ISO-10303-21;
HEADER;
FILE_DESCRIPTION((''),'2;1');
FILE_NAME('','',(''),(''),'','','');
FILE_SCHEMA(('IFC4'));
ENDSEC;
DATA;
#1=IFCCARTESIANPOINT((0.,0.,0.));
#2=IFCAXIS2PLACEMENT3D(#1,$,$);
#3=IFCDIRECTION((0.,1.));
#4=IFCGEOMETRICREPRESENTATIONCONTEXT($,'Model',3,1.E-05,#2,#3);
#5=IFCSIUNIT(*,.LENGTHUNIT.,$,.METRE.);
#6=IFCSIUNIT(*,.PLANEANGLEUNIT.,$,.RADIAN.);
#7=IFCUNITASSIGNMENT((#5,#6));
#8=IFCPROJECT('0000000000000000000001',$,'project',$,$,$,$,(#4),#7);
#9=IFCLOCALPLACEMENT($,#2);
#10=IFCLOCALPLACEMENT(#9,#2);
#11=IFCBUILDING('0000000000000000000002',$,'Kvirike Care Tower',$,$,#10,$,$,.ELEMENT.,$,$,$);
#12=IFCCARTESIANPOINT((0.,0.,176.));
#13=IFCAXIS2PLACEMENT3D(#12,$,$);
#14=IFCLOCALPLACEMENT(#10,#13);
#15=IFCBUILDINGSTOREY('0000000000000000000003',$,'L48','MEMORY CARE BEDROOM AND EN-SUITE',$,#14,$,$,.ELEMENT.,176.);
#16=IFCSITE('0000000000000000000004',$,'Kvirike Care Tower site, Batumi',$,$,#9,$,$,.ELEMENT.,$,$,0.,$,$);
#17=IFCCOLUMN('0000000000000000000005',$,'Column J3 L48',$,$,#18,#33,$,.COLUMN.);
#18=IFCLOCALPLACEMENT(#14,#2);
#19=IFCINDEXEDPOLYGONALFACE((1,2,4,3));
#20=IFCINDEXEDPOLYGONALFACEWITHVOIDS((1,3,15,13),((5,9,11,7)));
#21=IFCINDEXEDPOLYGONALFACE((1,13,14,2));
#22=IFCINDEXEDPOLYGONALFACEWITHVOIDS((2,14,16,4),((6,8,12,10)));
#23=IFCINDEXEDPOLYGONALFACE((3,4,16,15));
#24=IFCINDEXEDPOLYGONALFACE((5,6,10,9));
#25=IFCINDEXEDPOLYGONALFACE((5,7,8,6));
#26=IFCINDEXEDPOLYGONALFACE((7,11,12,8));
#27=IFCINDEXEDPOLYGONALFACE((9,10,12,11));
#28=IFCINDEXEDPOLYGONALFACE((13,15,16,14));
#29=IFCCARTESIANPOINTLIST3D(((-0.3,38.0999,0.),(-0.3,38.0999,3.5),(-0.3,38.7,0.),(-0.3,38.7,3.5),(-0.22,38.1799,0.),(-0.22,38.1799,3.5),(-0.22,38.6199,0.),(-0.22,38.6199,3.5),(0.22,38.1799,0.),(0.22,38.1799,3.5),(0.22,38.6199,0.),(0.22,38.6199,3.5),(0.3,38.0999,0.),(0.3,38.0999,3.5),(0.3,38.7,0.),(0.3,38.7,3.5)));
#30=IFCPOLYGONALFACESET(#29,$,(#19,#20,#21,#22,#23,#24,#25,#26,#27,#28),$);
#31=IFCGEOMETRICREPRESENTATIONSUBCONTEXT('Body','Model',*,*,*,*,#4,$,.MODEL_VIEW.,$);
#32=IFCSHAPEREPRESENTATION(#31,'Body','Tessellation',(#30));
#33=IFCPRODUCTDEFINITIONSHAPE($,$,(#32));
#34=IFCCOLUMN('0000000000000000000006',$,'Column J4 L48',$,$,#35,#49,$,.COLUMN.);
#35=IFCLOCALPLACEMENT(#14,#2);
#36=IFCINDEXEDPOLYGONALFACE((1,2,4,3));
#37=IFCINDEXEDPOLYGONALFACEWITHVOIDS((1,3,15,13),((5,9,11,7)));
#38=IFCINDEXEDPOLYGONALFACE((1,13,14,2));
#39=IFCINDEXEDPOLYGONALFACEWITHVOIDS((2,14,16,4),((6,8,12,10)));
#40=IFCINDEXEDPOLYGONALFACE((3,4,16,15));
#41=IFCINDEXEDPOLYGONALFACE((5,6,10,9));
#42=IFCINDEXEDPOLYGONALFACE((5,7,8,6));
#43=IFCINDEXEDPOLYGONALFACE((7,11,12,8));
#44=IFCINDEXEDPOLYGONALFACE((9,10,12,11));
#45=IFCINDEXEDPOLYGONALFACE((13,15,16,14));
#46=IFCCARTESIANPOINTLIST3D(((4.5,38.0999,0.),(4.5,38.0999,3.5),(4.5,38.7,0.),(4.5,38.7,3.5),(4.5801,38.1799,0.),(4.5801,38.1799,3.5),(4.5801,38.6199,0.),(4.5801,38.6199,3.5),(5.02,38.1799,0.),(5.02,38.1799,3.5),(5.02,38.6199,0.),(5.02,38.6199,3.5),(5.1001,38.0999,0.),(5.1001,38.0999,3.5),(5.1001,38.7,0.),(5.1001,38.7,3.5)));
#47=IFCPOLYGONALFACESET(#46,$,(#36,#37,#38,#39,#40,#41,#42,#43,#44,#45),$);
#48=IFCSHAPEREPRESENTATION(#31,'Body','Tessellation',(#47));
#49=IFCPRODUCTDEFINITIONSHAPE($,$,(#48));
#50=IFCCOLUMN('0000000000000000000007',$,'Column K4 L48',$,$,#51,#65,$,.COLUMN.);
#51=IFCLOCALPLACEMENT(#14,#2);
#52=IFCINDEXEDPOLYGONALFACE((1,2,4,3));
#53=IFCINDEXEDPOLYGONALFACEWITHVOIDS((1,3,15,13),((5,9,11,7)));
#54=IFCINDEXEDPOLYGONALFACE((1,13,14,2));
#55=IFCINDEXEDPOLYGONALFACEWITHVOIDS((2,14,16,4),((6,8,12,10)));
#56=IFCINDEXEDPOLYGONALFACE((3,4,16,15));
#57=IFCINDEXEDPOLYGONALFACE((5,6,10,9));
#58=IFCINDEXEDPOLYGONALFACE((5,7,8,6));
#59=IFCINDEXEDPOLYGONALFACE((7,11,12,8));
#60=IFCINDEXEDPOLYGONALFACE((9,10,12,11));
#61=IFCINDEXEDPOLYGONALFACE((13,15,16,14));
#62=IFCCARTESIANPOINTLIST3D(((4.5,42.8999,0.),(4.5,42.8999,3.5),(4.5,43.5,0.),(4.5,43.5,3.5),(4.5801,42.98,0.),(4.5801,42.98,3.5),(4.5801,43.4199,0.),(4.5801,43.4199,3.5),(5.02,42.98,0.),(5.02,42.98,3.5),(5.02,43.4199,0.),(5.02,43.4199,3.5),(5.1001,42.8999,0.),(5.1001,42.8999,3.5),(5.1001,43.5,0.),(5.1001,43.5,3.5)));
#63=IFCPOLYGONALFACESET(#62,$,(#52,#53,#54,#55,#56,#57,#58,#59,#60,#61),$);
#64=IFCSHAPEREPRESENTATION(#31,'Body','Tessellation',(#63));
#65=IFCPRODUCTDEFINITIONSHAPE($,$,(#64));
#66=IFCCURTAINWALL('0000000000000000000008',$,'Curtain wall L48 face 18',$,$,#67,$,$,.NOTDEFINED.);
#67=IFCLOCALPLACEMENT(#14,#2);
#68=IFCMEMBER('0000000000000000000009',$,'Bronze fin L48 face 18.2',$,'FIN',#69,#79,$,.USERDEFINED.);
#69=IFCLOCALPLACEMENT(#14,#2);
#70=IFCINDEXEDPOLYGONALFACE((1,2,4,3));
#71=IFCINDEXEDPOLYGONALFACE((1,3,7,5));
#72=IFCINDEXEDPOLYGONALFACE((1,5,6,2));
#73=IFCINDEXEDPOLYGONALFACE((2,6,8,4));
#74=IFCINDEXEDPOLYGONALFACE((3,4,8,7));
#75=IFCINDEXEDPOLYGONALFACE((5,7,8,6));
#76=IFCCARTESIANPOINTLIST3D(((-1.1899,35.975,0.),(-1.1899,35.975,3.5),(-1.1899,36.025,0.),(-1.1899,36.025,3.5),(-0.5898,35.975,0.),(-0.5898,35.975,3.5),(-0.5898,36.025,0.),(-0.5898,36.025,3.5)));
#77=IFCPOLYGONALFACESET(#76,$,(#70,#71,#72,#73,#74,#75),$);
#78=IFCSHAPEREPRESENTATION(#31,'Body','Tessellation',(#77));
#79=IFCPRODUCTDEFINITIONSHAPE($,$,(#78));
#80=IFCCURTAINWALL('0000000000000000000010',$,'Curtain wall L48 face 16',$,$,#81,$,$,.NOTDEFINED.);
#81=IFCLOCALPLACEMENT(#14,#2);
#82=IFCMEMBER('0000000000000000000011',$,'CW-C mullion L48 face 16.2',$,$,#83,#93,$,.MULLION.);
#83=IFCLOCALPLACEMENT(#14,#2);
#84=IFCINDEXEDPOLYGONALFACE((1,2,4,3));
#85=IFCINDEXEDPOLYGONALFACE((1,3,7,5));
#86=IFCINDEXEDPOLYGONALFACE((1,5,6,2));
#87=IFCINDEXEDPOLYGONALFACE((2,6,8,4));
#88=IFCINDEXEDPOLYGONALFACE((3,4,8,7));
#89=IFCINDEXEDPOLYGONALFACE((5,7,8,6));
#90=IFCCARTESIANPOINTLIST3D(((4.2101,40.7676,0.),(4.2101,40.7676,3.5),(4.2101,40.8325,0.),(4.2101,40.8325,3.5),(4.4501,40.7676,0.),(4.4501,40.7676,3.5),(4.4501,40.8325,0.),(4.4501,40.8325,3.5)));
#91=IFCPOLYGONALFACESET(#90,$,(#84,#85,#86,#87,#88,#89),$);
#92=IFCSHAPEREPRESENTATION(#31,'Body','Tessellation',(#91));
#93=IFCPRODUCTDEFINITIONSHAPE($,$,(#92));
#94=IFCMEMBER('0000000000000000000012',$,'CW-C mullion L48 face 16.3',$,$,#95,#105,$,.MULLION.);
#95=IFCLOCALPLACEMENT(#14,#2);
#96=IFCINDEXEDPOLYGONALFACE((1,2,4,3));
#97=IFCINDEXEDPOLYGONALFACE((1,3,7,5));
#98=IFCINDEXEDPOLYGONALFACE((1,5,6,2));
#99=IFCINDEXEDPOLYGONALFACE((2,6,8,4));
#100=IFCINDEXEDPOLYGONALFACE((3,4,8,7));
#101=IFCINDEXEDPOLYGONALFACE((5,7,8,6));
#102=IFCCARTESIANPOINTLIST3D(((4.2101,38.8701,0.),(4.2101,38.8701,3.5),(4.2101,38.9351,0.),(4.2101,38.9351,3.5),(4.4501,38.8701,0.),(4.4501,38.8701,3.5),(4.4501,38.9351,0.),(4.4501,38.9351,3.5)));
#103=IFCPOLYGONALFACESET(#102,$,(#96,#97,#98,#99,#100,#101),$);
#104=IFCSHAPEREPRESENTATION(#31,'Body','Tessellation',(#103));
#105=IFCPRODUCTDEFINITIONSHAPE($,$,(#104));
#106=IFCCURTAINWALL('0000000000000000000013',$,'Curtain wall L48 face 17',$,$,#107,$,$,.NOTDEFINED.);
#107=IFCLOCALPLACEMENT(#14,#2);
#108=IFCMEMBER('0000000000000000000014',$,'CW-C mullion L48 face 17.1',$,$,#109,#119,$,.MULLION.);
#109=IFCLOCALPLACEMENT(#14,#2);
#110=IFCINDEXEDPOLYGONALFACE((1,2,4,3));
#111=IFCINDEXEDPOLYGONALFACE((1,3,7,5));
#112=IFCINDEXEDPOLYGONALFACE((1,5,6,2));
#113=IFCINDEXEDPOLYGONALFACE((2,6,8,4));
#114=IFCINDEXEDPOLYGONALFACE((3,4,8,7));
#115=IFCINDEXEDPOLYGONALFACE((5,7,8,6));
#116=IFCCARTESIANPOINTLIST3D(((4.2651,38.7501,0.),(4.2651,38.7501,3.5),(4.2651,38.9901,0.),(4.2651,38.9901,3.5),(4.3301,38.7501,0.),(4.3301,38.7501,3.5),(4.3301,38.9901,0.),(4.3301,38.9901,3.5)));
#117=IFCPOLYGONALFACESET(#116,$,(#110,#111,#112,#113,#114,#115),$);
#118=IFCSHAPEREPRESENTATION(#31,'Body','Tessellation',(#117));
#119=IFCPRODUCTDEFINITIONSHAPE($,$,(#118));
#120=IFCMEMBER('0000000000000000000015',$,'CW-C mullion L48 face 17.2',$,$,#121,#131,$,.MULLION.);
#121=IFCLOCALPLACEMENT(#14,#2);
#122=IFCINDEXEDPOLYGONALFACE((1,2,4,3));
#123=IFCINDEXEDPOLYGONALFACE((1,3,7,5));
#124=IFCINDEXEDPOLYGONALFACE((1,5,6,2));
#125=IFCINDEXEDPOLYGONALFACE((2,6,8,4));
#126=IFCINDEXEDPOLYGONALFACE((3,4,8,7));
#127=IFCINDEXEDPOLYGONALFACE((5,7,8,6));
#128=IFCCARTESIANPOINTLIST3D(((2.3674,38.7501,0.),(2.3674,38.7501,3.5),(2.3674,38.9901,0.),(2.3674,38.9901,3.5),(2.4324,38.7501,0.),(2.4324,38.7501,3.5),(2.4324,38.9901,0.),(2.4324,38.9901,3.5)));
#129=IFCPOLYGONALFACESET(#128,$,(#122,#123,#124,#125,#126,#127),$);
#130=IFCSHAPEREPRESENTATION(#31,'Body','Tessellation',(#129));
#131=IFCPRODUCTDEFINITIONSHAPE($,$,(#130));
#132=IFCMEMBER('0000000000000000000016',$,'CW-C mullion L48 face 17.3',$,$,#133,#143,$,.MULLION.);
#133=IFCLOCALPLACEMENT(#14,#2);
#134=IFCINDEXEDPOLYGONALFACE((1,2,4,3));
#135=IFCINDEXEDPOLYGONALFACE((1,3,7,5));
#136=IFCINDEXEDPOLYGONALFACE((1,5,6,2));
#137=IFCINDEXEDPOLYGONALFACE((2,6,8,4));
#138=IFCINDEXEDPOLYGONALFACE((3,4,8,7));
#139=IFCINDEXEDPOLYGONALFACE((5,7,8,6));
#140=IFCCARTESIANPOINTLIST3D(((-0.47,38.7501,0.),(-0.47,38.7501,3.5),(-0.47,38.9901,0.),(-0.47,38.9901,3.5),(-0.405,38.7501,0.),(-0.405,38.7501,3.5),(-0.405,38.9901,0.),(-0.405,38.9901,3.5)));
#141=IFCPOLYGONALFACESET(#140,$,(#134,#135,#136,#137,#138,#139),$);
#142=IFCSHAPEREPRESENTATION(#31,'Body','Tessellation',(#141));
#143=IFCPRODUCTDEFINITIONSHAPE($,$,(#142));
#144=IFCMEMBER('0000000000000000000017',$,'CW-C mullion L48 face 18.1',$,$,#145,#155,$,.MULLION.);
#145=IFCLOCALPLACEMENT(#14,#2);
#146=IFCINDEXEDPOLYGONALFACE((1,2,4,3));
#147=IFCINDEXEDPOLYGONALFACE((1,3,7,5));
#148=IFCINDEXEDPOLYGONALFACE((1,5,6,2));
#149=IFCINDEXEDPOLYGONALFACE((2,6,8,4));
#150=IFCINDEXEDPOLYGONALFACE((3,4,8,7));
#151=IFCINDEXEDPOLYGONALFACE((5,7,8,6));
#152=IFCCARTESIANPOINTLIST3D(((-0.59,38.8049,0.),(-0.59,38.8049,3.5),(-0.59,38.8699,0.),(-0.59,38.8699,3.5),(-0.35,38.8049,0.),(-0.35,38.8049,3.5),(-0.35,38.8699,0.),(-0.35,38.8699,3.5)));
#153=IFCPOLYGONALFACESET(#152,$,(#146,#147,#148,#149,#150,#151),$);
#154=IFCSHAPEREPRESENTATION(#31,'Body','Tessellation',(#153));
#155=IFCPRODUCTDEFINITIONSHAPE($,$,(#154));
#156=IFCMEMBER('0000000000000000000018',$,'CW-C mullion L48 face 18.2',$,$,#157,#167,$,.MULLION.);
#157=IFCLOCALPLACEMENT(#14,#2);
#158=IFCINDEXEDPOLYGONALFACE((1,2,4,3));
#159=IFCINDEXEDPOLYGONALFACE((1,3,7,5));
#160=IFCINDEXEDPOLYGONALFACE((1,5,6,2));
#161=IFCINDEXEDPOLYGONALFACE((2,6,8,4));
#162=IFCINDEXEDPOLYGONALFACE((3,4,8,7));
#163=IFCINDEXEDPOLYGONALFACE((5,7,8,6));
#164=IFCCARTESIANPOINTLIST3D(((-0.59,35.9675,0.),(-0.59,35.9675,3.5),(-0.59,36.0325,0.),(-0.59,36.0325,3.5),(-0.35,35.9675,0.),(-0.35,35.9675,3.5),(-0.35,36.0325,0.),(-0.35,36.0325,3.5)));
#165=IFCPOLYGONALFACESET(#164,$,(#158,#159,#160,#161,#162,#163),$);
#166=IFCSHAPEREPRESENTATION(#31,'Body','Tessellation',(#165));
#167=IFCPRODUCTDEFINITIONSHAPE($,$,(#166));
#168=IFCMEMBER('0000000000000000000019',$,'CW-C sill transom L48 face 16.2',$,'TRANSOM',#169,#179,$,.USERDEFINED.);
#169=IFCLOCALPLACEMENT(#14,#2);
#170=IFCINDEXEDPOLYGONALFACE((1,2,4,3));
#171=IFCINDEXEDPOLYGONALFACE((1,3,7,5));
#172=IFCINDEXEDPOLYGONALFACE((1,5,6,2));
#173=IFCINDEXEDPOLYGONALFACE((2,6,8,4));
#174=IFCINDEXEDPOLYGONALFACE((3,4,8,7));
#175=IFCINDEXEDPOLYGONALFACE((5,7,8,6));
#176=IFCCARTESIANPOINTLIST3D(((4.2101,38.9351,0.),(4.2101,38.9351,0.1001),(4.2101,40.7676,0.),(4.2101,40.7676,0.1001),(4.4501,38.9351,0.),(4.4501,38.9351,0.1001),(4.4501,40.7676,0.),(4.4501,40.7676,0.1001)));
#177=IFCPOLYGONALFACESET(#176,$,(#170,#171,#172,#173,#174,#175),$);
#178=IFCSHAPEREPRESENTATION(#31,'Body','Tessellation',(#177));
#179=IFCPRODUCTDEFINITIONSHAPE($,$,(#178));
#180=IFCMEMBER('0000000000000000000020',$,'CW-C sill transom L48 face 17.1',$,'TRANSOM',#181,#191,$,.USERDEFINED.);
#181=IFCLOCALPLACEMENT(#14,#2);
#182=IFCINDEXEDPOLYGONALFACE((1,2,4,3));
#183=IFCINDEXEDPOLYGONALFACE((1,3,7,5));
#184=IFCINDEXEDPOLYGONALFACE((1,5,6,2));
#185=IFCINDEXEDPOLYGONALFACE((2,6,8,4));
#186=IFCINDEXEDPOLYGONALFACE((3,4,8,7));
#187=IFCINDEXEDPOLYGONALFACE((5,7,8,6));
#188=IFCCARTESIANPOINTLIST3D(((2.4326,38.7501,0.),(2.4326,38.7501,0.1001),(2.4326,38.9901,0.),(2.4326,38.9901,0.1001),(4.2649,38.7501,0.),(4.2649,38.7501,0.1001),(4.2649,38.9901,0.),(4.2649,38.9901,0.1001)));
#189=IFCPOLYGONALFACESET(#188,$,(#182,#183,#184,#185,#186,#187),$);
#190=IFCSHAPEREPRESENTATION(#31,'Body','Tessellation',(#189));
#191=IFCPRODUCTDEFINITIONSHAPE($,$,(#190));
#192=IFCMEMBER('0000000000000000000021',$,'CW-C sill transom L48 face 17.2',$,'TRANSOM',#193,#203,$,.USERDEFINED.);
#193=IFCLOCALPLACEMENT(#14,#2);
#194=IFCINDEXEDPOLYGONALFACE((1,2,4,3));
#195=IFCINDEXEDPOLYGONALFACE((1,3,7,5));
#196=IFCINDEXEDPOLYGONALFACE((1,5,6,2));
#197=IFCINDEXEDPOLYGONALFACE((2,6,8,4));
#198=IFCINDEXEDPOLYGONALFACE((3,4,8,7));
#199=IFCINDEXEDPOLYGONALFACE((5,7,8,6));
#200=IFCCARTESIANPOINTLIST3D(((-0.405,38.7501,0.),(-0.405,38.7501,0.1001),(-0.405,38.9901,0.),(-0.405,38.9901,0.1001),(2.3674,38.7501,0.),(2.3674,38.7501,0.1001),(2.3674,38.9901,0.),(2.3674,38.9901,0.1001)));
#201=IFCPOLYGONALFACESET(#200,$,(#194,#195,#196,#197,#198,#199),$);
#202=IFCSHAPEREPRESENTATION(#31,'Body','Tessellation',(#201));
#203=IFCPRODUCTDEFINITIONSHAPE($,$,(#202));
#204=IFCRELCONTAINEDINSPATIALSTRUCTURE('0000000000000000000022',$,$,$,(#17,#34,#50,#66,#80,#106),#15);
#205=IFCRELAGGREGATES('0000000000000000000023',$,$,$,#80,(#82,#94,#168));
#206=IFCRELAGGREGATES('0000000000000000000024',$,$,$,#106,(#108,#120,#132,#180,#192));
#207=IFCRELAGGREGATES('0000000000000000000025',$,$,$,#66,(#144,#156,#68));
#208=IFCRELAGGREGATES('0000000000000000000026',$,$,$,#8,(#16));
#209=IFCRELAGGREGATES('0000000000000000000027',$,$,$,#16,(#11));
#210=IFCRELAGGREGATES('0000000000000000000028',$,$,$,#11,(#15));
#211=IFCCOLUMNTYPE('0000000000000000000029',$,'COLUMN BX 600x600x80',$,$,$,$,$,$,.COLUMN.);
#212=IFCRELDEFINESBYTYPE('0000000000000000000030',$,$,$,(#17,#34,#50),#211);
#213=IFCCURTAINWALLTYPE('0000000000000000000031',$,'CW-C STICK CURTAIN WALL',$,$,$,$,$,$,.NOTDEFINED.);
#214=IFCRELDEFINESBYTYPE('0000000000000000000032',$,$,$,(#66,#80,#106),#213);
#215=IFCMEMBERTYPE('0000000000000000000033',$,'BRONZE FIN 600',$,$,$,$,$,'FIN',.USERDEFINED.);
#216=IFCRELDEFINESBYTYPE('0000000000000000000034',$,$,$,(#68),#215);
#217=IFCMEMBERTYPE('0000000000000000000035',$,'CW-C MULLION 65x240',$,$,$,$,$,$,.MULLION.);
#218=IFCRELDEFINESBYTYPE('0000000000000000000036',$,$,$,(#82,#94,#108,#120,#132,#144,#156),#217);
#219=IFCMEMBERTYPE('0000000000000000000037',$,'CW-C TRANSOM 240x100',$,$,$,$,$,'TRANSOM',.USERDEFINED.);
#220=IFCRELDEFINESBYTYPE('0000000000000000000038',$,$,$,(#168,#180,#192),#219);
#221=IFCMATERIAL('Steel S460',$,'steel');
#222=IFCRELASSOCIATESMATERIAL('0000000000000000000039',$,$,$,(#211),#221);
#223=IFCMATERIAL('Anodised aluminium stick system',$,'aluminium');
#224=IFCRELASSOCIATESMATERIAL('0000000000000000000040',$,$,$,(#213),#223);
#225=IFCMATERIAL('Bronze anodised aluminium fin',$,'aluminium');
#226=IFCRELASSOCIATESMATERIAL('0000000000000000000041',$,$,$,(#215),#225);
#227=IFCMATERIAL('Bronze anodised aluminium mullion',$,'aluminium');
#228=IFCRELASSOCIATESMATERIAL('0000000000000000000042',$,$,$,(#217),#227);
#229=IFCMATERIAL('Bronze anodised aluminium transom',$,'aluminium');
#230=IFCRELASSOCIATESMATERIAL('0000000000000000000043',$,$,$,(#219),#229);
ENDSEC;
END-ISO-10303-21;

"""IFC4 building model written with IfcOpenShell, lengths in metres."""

from ifc_helpers import new_model, si_unit, direction, frame, origin, origin_2d, place, context, subcontext, project, spatial, rectangle, hollow_rectangle, extrude, material, material_profile, profile_set, type_object, element, aggregate, save


model = new_model("IFC4")

# Units and contexts
model_context = context("Model", 3, precision=1e-05, world=origin(), true_north=direction((0.0, 1.0)))
body_context = subcontext(model_context, "Body", "Model", "MODEL_VIEW")
ifc_project = project(units=[si_unit("LENGTHUNIT", "METRE"), si_unit("PLANEANGLEUNIT", "RADIAN")], contexts=[model_context])

# Site, building, storey
site_placement = place(None, origin())
site = spatial("IfcSite", under=ifc_project, at=site_placement, Name="Kvirike Care Tower site, Batumi", CompositionType="ELEMENT", RefElevation=0.0)
building_placement = place(site_placement, origin())
building = spatial("IfcBuilding", under=site, at=building_placement, Name="Kvirike Care Tower", CompositionType="ELEMENT")
storey_placement = place(building_placement, frame((0.0, 0.0, 176.0)))
storey = spatial("IfcBuildingStorey", under=building, at=storey_placement, Name="L48", Description="MEMORY CARE BEDROOM AND EN-SUITE", CompositionType="ELEMENT", Elevation=176.0)

# Columns
ifc_material_1 = material(Name="Steel S460", Category="steel")
ifc_material_profile_1 = material_profile(ifc_material_1, hollow_rectangle(XDim=0.6001, YDim=0.6001, WallThickness=0.0801, at=origin_2d()), Name="BX 600x600x80")
ifc_profile_set_1 = profile_set([ifc_material_profile_1], Name="Steel S460")
column_type = type_object("IfcColumnType", Name="COLUMN BX 600x600x80", PredefinedType="COLUMN", material=ifc_profile_set_1)
for number, where, z_axis, x_axis, name in (
    (1, (0.0, 38.3999, 0.0), (0.0, 0.0, 1.0), (0.0, 1.0, 0.0), "Column J3 L48"),
    (2, (4.8, 38.3999, 0.0), (0.0, 0.0, 1.0), (0.0, 1.0, 0.0), "Column J4 L48"),
    (3, (4.8, 43.2, 0.0), (0.0, 0.0, 1.0), (0.0, 1.0, 0.0), "Column K4 L48"),
):
    element("IfcColumn", number, at=place(storey_placement, frame(where, z_axis=z_axis, x_axis=x_axis)), inside=storey, type_object=column_type, Name=name, PredefinedType="COLUMN", context=body_context, shape_type="SweptSolid", body=[
        extrude(hollow_rectangle(XDim=0.6001, YDim=0.6001, WallThickness=0.0801, at=origin_2d()), origin(), (0.0, 0.0, 1.0), 3.5),
    ])

# Curtain wall, member
ifc_material_2 = material(Name="Anodised aluminium stick system", Category="aluminium")
curtain_wall_type = type_object("IfcCurtainWallType", Name="CW-C STICK CURTAIN WALL", PredefinedType="NOTDEFINED", material=ifc_material_2)
curtain_wall_1_placement = place(storey_placement, origin())
curtain_wall_1 = element("IfcCurtainWall", 4, at=curtain_wall_1_placement, inside=storey, type_object=curtain_wall_type, Name="Curtain wall L48 face 18", PredefinedType="NOTDEFINED")
ifc_material_3 = material(Name="Bronze anodised aluminium fin", Category="aluminium")
ifc_material_profile_2 = material_profile(ifc_material_3, rectangle(XDim=0.05, YDim=0.6001, at=origin_2d()), Name="BRONZE FIN 600")
ifc_profile_set_2 = profile_set([ifc_material_profile_2], Name="Bronze anodised aluminium fin")
member_type_1 = type_object("IfcMemberType", Name="BRONZE FIN 600", ElementType="FIN", PredefinedType="USERDEFINED", material=ifc_profile_set_2)
member_1_placement = place(storey_placement, frame((-0.8899, 36.0, 0.0), z_axis=(0.0, 0.0, 1.0), x_axis=(0.0, -1.0, 0.0)))
member_1 = element("IfcMember", 5, at=member_1_placement, type_object=member_type_1, Name="Bronze fin L48 face 18.2", ObjectType="FIN", PredefinedType="USERDEFINED", context=body_context, shape_type="SweptSolid", body=[
    extrude(rectangle(XDim=0.05, YDim=0.6001, at=origin_2d()), origin(), (0.0, 0.0, 1.0), 3.5),
])

# Curtain walls, members
curtain_wall_2_placement = place(storey_placement, origin())
curtain_wall_2 = element("IfcCurtainWall", 6, at=curtain_wall_2_placement, inside=storey, type_object=curtain_wall_type, Name="Curtain wall L48 face 16", PredefinedType="NOTDEFINED")
ifc_material_4 = material(Name="Bronze anodised aluminium mullion", Category="aluminium")
ifc_material_profile_3 = material_profile(ifc_material_4, rectangle(XDim=0.0649, YDim=0.24, at=origin_2d()), Name="CW-C MULLION 65x240")
ifc_profile_set_3 = profile_set([ifc_material_profile_3], Name="Bronze anodised aluminium mullion")
member_type_2 = type_object("IfcMemberType", Name="CW-C MULLION 65x240", PredefinedType="MULLION", material=ifc_profile_set_3)
member_2_placement = place(storey_placement, frame((4.3301, 40.8, 0.0), z_axis=(0.0, 0.0, 1.0), x_axis=(0.0, -1.0, 0.0)))
member_2 = element("IfcMember", 7, at=member_2_placement, type_object=member_type_2, Name="CW-C mullion L48 face 16.2", PredefinedType="MULLION", context=body_context, shape_type="SweptSolid", body=[
    extrude(rectangle(XDim=0.0649, YDim=0.24, at=origin_2d()), origin(), (0.0, 0.0, 1.0), 3.5),
])
member_3_placement = place(storey_placement, frame((4.3301, 38.9026, 0.0), z_axis=(0.0, 0.0, 1.0), x_axis=(0.0, -1.0, 0.0)))
member_3 = element("IfcMember", 8, at=member_3_placement, type_object=member_type_2, Name="CW-C mullion L48 face 16.3", PredefinedType="MULLION", context=body_context, shape_type="SweptSolid", body=[
    extrude(rectangle(XDim=0.0649, YDim=0.24, at=origin_2d()), origin(), (0.0, 0.0, 1.0), 3.5),
])
curtain_wall_3_placement = place(storey_placement, origin())
curtain_wall_3 = element("IfcCurtainWall", 9, at=curtain_wall_3_placement, inside=storey, type_object=curtain_wall_type, Name="Curtain wall L48 face 17", PredefinedType="NOTDEFINED")
member_4_placement = place(storey_placement, frame((4.2976, 38.8701, 0.0), z_axis=(0.0, 0.0, 1.0), x_axis=(-1.0, 0.0, 0.0)))
member_4 = element("IfcMember", 10, at=member_4_placement, type_object=member_type_2, Name="CW-C mullion L48 face 17.1", PredefinedType="MULLION", context=body_context, shape_type="SweptSolid", body=[
    extrude(rectangle(XDim=0.0649, YDim=0.24, at=origin_2d()), origin(), (0.0, 0.0, 1.0), 3.5),
])
member_5_placement = place(storey_placement, frame((2.3999, 38.8701, 0.0), z_axis=(0.0, 0.0, 1.0), x_axis=(-1.0, 0.0, 0.0)))
member_5 = element("IfcMember", 11, at=member_5_placement, type_object=member_type_2, Name="CW-C mullion L48 face 17.2", PredefinedType="MULLION", context=body_context, shape_type="SweptSolid", body=[
    extrude(rectangle(XDim=0.0649, YDim=0.24, at=origin_2d()), origin(), (0.0, 0.0, 1.0), 3.5),
])
member_6_placement = place(storey_placement, frame((-0.4375, 38.8701, 0.0), z_axis=(0.0, 0.0, 1.0), x_axis=(-1.0, 0.0, 0.0)))
member_6 = element("IfcMember", 12, at=member_6_placement, type_object=member_type_2, Name="CW-C mullion L48 face 17.3", PredefinedType="MULLION", context=body_context, shape_type="SweptSolid", body=[
    extrude(rectangle(XDim=0.0649, YDim=0.24, at=origin_2d()), origin(), (0.0, 0.0, 1.0), 3.5),
])

# Members
member_7_placement = place(storey_placement, frame((-0.47, 38.8374, 0.0), z_axis=(0.0, 0.0, 1.0), x_axis=(0.0, -1.0, 0.0)))
member_7 = element("IfcMember", 13, at=member_7_placement, type_object=member_type_2, Name="CW-C mullion L48 face 18.1", PredefinedType="MULLION", context=body_context, shape_type="SweptSolid", body=[
    extrude(rectangle(XDim=0.0649, YDim=0.24, at=origin_2d()), origin(), (0.0, 0.0, 1.0), 3.5),
])
member_8_placement = place(storey_placement, frame((-0.47, 36.0, 0.0), z_axis=(0.0, 0.0, 1.0), x_axis=(0.0, -1.0, 0.0)))
member_8 = element("IfcMember", 14, at=member_8_placement, type_object=member_type_2, Name="CW-C mullion L48 face 18.2", PredefinedType="MULLION", context=body_context, shape_type="SweptSolid", body=[
    extrude(rectangle(XDim=0.0649, YDim=0.24, at=origin_2d()), origin(), (0.0, 0.0, 1.0), 3.5),
])
ifc_material_5 = material(Name="Bronze anodised aluminium transom", Category="aluminium")
ifc_material_profile_4 = material_profile(ifc_material_5, rectangle(XDim=0.24, YDim=0.1001, at=origin_2d()), Name="CW-C TRANSOM 240x100")
ifc_profile_set_4 = profile_set([ifc_material_profile_4], Name="Bronze anodised aluminium transom")
member_type_3 = type_object("IfcMemberType", Name="CW-C TRANSOM 240x100", ElementType="TRANSOM", PredefinedType="USERDEFINED", material=ifc_profile_set_4)
member_9_placement = place(storey_placement, frame((4.3301, 40.7676, 0.05), z_axis=(0.0, -1.0, 0.0), x_axis=(1.0, 0.0, 0.0)))
member_9 = element("IfcMember", 15, at=member_9_placement, type_object=member_type_3, Name="CW-C sill transom L48 face 16.2", ObjectType="TRANSOM", PredefinedType="USERDEFINED", context=body_context, shape_type="SweptSolid", body=[
    extrude(rectangle(XDim=0.24, YDim=0.1001, at=origin_2d()), origin(), (0.0, 0.0, 1.0), 1.8325),
])
member_10_placement = place(storey_placement, frame((4.2649, 38.8701, 0.05), z_axis=(-1.0, 0.0, 0.0), x_axis=(0.0, -1.0, 0.0)))
member_10 = element("IfcMember", 16, at=member_10_placement, type_object=member_type_3, Name="CW-C sill transom L48 face 17.1", ObjectType="TRANSOM", PredefinedType="USERDEFINED", context=body_context, shape_type="SweptSolid", body=[
    extrude(rectangle(XDim=0.24, YDim=0.1001, at=origin_2d()), origin(), (0.0, 0.0, 1.0), 1.8323),
])
member_11_placement = place(storey_placement, frame((2.3674, 38.8701, 0.05), z_axis=(-1.0, 0.0, 0.0), x_axis=(0.0, -1.0, 0.0)))
member_11 = element("IfcMember", 17, at=member_11_placement, type_object=member_type_3, Name="CW-C sill transom L48 face 17.2", ObjectType="TRANSOM", PredefinedType="USERDEFINED", context=body_context, shape_type="SweptSolid", body=[
    extrude(rectangle(XDim=0.24, YDim=0.1001, at=origin_2d()), origin(), (0.0, 0.0, 1.0), 2.7725),
])

aggregate(curtain_wall_2, [member_2, member_3, member_9])
aggregate(curtain_wall_3, [member_4, member_5, member_6, member_10, member_11])
aggregate(curtain_wall_1, [member_7, member_8, member_1])

save(model, "model.ifc")
